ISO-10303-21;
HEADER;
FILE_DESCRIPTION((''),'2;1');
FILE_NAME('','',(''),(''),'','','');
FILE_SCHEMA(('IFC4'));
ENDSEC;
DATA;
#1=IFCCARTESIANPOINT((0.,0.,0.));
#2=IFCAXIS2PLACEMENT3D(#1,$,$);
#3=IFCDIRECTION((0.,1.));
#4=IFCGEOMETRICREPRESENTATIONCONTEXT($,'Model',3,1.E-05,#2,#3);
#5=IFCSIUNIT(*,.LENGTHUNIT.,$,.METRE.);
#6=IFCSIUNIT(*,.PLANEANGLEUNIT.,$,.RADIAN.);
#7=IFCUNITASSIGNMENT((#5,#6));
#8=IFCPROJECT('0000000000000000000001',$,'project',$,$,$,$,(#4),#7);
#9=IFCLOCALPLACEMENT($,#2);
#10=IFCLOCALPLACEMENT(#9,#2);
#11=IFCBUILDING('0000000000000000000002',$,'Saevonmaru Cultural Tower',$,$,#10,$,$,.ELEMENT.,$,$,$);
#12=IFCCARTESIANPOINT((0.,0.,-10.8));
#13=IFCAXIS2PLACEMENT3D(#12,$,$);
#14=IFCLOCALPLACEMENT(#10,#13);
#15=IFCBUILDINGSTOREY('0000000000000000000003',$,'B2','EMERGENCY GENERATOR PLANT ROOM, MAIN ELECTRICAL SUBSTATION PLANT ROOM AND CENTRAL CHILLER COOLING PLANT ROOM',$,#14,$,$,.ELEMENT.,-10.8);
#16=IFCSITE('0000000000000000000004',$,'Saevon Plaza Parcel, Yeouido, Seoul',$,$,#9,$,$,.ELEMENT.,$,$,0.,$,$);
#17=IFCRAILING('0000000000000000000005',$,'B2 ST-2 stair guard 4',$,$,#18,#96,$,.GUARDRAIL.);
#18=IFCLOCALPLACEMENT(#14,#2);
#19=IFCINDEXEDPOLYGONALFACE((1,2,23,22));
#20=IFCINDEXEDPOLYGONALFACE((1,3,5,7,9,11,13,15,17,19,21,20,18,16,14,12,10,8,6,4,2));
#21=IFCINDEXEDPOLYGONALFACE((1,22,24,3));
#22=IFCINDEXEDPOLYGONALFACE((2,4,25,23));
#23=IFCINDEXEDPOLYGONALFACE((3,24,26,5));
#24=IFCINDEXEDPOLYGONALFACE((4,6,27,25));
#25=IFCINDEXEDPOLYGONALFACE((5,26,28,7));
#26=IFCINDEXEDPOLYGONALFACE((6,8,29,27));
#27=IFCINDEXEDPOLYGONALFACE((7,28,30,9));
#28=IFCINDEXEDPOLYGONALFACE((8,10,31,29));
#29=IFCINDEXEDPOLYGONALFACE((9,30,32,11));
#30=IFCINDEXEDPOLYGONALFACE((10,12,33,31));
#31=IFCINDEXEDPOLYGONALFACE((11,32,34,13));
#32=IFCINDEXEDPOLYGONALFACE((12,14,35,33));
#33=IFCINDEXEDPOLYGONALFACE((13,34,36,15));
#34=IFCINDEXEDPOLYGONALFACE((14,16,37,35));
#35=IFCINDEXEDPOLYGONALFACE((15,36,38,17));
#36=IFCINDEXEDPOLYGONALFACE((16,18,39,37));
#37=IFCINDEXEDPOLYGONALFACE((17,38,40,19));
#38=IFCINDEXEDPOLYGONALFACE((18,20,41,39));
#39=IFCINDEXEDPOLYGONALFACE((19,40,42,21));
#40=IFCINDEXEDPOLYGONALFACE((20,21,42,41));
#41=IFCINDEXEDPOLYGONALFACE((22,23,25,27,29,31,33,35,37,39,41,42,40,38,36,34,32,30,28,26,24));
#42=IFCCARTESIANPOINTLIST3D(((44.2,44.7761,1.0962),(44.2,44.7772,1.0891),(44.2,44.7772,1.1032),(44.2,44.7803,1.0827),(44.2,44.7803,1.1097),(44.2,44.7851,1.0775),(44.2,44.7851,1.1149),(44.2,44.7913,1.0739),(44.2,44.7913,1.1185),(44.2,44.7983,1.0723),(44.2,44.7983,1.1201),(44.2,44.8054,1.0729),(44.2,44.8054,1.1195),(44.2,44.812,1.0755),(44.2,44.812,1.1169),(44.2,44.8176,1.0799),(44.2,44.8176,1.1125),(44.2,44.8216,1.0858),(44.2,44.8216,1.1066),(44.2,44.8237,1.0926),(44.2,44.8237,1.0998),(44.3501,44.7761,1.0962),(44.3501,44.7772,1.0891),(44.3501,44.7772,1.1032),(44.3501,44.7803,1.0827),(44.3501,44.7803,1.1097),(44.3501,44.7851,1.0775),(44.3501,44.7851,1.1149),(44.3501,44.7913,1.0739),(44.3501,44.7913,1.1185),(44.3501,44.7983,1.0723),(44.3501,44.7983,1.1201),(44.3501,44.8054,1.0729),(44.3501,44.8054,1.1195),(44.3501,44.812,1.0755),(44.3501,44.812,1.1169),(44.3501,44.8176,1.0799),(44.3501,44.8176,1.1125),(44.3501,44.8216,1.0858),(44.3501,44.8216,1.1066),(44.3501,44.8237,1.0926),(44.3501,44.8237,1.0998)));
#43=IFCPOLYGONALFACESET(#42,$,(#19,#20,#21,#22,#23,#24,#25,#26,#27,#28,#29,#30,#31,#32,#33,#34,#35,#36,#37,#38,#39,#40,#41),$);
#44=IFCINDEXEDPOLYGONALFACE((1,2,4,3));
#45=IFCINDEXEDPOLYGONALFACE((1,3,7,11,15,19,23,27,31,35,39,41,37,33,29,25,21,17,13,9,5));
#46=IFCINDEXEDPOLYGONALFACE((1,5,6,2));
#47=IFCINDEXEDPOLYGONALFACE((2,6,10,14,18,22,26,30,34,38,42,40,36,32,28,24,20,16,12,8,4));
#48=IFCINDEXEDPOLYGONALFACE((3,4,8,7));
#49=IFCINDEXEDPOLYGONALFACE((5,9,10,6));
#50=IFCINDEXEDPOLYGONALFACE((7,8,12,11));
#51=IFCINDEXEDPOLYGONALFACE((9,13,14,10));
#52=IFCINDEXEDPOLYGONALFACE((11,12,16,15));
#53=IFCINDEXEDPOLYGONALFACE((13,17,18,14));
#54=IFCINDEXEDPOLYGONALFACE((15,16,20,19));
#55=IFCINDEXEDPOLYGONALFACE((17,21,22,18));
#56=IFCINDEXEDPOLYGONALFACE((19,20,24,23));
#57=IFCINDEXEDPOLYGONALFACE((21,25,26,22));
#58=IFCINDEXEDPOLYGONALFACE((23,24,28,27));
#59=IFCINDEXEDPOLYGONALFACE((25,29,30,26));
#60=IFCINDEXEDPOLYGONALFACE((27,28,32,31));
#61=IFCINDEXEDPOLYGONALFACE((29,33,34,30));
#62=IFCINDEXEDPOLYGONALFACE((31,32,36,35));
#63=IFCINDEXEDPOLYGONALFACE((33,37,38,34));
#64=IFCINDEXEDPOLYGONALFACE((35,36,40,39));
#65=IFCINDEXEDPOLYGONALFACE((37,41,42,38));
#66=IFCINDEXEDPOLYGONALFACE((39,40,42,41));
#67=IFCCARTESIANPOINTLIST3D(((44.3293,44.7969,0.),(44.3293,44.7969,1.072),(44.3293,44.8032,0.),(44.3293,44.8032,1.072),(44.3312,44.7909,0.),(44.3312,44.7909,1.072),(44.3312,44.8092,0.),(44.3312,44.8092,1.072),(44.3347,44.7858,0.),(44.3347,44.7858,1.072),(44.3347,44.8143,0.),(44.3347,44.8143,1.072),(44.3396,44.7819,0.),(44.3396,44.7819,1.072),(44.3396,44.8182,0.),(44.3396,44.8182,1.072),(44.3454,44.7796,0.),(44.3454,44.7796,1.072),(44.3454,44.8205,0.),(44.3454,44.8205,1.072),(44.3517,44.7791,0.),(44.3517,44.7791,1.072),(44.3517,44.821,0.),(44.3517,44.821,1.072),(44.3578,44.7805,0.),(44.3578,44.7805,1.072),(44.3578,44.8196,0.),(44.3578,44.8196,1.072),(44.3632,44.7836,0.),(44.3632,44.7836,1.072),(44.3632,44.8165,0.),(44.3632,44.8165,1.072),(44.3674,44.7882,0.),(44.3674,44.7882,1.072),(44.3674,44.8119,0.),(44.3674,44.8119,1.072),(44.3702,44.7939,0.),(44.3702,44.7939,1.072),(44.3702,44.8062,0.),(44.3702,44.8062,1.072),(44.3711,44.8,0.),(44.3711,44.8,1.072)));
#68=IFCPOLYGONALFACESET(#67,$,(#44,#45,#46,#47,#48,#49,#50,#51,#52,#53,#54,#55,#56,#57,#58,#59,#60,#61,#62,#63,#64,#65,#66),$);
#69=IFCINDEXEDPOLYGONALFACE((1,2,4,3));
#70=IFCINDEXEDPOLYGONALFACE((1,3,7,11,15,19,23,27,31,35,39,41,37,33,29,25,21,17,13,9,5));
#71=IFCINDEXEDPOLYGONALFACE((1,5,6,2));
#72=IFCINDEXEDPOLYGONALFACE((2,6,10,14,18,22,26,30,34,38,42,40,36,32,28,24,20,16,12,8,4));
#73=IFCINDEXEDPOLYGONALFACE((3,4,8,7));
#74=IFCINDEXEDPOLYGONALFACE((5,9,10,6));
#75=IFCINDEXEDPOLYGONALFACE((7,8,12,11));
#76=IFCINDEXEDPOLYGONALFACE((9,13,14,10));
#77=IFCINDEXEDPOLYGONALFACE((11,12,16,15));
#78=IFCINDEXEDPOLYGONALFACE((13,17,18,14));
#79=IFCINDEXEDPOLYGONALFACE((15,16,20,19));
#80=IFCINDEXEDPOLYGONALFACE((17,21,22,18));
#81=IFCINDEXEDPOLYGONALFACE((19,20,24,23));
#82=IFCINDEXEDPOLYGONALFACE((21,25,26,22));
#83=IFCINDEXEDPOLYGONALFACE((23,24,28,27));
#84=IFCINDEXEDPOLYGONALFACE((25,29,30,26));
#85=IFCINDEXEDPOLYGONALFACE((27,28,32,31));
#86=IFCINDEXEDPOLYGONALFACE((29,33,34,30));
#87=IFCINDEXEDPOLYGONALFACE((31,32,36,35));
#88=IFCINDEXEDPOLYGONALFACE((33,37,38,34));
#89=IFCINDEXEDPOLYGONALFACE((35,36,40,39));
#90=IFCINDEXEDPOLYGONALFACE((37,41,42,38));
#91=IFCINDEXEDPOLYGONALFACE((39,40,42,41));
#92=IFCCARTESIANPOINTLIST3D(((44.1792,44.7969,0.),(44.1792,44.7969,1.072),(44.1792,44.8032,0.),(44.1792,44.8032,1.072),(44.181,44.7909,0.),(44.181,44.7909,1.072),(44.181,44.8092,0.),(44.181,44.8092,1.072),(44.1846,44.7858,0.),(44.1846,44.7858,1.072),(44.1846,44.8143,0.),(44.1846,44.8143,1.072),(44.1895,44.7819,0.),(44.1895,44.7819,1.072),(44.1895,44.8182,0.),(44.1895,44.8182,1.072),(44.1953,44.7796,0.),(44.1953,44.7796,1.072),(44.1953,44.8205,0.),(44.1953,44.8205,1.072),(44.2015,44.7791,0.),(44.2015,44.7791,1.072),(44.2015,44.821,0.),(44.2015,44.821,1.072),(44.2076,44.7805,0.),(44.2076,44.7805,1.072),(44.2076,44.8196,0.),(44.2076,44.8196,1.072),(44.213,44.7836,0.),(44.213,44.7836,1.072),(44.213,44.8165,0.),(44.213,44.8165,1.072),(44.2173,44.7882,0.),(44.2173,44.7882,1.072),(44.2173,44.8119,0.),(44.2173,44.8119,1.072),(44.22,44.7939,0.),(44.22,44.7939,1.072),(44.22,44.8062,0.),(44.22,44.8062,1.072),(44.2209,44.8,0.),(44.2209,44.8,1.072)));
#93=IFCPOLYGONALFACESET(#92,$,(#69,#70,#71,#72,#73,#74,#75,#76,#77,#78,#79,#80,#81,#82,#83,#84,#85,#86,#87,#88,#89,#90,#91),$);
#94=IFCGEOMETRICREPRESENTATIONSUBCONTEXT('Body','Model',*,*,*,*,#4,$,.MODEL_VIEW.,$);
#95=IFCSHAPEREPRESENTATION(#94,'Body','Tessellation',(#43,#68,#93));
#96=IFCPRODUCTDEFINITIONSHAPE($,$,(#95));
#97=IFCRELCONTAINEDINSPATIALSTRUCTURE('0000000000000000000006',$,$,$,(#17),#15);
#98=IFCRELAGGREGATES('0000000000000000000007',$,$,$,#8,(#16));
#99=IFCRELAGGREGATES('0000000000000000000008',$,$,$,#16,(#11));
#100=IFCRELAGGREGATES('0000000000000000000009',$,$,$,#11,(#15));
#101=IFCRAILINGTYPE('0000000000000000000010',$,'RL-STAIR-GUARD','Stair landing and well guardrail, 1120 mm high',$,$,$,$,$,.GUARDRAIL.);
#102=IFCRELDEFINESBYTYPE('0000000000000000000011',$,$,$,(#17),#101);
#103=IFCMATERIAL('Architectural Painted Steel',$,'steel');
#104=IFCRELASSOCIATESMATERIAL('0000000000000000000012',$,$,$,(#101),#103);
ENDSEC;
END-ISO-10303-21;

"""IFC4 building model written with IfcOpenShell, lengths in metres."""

from ifc_helpers import new_model, si_unit, direction, frame, origin, origin_2d, place, context, subcontext, project, spatial, circle, extrude, material, type_object, element, save


model = new_model("IFC4")

# Units and contexts
model_context = context("Model", 3, precision=1e-05, world=origin(), true_north=direction((0.0, 1.0)))
body_context = subcontext(model_context, "Body", "Model", "MODEL_VIEW")
ifc_project = project(units=[si_unit("LENGTHUNIT", "METRE"), si_unit("PLANEANGLEUNIT", "RADIAN")], contexts=[model_context])

# Site, building, storey
site_placement = place(None, origin())
site = spatial("IfcSite", under=ifc_project, at=site_placement, Name="Saevon Plaza Parcel, Yeouido, Seoul", CompositionType="ELEMENT", RefElevation=0.0)
building_placement = place(site_placement, origin())
building = spatial("IfcBuilding", under=site, at=building_placement, Name="Saevonmaru Cultural Tower", CompositionType="ELEMENT")
storey_placement = place(building_placement, frame((0.0, 0.0, -10.8)))
storey = spatial("IfcBuildingStorey", under=building, at=storey_placement, Name="B2", Description="EMERGENCY GENERATOR PLANT ROOM, MAIN ELECTRICAL SUBSTATION PLANT ROOM AND CENTRAL CHILLER COOLING PLANT ROOM", CompositionType="ELEMENT", Elevation=-10.8)

# Railing
ifc_material_1 = material(Name="Architectural Painted Steel", Category="steel")
railing_type_1 = type_object("IfcRailingType", Name="RL-STAIR-GUARD", Description="Stair landing and well guardrail, 1120 mm high", PredefinedType="GUARDRAIL", material=ifc_material_1)
railing_1_placement = place(storey_placement, frame((44.3501, 44.8, 0.0)))
element("IfcRailing", 1, at=railing_1_placement, inside=storey, type_object=railing_type_1, Name="B2 ST-2 stair guard 4", PredefinedType="GUARDRAIL", context=body_context, shape_type="SweptSolid", body=[
    extrude(circle(Radius=0.0239, at=origin_2d()), frame((0.0, 0.0, 1.0962), z_axis=(-1.0, 0.0, 0.0), x_axis=(0.0, -1.0, 0.0)), (0.0, 0.0, 1.0), 0.1501),
    extrude(circle(Radius=0.021, at=origin_2d()), origin(), (0.0, 0.0, 1.0), 1.072),
    extrude(circle(Radius=0.021, at=origin_2d()), frame((-0.1501, 0.0, 0.0)), (0.0, 0.0, 1.0), 1.072),
])

save(model, "model.ifc")
